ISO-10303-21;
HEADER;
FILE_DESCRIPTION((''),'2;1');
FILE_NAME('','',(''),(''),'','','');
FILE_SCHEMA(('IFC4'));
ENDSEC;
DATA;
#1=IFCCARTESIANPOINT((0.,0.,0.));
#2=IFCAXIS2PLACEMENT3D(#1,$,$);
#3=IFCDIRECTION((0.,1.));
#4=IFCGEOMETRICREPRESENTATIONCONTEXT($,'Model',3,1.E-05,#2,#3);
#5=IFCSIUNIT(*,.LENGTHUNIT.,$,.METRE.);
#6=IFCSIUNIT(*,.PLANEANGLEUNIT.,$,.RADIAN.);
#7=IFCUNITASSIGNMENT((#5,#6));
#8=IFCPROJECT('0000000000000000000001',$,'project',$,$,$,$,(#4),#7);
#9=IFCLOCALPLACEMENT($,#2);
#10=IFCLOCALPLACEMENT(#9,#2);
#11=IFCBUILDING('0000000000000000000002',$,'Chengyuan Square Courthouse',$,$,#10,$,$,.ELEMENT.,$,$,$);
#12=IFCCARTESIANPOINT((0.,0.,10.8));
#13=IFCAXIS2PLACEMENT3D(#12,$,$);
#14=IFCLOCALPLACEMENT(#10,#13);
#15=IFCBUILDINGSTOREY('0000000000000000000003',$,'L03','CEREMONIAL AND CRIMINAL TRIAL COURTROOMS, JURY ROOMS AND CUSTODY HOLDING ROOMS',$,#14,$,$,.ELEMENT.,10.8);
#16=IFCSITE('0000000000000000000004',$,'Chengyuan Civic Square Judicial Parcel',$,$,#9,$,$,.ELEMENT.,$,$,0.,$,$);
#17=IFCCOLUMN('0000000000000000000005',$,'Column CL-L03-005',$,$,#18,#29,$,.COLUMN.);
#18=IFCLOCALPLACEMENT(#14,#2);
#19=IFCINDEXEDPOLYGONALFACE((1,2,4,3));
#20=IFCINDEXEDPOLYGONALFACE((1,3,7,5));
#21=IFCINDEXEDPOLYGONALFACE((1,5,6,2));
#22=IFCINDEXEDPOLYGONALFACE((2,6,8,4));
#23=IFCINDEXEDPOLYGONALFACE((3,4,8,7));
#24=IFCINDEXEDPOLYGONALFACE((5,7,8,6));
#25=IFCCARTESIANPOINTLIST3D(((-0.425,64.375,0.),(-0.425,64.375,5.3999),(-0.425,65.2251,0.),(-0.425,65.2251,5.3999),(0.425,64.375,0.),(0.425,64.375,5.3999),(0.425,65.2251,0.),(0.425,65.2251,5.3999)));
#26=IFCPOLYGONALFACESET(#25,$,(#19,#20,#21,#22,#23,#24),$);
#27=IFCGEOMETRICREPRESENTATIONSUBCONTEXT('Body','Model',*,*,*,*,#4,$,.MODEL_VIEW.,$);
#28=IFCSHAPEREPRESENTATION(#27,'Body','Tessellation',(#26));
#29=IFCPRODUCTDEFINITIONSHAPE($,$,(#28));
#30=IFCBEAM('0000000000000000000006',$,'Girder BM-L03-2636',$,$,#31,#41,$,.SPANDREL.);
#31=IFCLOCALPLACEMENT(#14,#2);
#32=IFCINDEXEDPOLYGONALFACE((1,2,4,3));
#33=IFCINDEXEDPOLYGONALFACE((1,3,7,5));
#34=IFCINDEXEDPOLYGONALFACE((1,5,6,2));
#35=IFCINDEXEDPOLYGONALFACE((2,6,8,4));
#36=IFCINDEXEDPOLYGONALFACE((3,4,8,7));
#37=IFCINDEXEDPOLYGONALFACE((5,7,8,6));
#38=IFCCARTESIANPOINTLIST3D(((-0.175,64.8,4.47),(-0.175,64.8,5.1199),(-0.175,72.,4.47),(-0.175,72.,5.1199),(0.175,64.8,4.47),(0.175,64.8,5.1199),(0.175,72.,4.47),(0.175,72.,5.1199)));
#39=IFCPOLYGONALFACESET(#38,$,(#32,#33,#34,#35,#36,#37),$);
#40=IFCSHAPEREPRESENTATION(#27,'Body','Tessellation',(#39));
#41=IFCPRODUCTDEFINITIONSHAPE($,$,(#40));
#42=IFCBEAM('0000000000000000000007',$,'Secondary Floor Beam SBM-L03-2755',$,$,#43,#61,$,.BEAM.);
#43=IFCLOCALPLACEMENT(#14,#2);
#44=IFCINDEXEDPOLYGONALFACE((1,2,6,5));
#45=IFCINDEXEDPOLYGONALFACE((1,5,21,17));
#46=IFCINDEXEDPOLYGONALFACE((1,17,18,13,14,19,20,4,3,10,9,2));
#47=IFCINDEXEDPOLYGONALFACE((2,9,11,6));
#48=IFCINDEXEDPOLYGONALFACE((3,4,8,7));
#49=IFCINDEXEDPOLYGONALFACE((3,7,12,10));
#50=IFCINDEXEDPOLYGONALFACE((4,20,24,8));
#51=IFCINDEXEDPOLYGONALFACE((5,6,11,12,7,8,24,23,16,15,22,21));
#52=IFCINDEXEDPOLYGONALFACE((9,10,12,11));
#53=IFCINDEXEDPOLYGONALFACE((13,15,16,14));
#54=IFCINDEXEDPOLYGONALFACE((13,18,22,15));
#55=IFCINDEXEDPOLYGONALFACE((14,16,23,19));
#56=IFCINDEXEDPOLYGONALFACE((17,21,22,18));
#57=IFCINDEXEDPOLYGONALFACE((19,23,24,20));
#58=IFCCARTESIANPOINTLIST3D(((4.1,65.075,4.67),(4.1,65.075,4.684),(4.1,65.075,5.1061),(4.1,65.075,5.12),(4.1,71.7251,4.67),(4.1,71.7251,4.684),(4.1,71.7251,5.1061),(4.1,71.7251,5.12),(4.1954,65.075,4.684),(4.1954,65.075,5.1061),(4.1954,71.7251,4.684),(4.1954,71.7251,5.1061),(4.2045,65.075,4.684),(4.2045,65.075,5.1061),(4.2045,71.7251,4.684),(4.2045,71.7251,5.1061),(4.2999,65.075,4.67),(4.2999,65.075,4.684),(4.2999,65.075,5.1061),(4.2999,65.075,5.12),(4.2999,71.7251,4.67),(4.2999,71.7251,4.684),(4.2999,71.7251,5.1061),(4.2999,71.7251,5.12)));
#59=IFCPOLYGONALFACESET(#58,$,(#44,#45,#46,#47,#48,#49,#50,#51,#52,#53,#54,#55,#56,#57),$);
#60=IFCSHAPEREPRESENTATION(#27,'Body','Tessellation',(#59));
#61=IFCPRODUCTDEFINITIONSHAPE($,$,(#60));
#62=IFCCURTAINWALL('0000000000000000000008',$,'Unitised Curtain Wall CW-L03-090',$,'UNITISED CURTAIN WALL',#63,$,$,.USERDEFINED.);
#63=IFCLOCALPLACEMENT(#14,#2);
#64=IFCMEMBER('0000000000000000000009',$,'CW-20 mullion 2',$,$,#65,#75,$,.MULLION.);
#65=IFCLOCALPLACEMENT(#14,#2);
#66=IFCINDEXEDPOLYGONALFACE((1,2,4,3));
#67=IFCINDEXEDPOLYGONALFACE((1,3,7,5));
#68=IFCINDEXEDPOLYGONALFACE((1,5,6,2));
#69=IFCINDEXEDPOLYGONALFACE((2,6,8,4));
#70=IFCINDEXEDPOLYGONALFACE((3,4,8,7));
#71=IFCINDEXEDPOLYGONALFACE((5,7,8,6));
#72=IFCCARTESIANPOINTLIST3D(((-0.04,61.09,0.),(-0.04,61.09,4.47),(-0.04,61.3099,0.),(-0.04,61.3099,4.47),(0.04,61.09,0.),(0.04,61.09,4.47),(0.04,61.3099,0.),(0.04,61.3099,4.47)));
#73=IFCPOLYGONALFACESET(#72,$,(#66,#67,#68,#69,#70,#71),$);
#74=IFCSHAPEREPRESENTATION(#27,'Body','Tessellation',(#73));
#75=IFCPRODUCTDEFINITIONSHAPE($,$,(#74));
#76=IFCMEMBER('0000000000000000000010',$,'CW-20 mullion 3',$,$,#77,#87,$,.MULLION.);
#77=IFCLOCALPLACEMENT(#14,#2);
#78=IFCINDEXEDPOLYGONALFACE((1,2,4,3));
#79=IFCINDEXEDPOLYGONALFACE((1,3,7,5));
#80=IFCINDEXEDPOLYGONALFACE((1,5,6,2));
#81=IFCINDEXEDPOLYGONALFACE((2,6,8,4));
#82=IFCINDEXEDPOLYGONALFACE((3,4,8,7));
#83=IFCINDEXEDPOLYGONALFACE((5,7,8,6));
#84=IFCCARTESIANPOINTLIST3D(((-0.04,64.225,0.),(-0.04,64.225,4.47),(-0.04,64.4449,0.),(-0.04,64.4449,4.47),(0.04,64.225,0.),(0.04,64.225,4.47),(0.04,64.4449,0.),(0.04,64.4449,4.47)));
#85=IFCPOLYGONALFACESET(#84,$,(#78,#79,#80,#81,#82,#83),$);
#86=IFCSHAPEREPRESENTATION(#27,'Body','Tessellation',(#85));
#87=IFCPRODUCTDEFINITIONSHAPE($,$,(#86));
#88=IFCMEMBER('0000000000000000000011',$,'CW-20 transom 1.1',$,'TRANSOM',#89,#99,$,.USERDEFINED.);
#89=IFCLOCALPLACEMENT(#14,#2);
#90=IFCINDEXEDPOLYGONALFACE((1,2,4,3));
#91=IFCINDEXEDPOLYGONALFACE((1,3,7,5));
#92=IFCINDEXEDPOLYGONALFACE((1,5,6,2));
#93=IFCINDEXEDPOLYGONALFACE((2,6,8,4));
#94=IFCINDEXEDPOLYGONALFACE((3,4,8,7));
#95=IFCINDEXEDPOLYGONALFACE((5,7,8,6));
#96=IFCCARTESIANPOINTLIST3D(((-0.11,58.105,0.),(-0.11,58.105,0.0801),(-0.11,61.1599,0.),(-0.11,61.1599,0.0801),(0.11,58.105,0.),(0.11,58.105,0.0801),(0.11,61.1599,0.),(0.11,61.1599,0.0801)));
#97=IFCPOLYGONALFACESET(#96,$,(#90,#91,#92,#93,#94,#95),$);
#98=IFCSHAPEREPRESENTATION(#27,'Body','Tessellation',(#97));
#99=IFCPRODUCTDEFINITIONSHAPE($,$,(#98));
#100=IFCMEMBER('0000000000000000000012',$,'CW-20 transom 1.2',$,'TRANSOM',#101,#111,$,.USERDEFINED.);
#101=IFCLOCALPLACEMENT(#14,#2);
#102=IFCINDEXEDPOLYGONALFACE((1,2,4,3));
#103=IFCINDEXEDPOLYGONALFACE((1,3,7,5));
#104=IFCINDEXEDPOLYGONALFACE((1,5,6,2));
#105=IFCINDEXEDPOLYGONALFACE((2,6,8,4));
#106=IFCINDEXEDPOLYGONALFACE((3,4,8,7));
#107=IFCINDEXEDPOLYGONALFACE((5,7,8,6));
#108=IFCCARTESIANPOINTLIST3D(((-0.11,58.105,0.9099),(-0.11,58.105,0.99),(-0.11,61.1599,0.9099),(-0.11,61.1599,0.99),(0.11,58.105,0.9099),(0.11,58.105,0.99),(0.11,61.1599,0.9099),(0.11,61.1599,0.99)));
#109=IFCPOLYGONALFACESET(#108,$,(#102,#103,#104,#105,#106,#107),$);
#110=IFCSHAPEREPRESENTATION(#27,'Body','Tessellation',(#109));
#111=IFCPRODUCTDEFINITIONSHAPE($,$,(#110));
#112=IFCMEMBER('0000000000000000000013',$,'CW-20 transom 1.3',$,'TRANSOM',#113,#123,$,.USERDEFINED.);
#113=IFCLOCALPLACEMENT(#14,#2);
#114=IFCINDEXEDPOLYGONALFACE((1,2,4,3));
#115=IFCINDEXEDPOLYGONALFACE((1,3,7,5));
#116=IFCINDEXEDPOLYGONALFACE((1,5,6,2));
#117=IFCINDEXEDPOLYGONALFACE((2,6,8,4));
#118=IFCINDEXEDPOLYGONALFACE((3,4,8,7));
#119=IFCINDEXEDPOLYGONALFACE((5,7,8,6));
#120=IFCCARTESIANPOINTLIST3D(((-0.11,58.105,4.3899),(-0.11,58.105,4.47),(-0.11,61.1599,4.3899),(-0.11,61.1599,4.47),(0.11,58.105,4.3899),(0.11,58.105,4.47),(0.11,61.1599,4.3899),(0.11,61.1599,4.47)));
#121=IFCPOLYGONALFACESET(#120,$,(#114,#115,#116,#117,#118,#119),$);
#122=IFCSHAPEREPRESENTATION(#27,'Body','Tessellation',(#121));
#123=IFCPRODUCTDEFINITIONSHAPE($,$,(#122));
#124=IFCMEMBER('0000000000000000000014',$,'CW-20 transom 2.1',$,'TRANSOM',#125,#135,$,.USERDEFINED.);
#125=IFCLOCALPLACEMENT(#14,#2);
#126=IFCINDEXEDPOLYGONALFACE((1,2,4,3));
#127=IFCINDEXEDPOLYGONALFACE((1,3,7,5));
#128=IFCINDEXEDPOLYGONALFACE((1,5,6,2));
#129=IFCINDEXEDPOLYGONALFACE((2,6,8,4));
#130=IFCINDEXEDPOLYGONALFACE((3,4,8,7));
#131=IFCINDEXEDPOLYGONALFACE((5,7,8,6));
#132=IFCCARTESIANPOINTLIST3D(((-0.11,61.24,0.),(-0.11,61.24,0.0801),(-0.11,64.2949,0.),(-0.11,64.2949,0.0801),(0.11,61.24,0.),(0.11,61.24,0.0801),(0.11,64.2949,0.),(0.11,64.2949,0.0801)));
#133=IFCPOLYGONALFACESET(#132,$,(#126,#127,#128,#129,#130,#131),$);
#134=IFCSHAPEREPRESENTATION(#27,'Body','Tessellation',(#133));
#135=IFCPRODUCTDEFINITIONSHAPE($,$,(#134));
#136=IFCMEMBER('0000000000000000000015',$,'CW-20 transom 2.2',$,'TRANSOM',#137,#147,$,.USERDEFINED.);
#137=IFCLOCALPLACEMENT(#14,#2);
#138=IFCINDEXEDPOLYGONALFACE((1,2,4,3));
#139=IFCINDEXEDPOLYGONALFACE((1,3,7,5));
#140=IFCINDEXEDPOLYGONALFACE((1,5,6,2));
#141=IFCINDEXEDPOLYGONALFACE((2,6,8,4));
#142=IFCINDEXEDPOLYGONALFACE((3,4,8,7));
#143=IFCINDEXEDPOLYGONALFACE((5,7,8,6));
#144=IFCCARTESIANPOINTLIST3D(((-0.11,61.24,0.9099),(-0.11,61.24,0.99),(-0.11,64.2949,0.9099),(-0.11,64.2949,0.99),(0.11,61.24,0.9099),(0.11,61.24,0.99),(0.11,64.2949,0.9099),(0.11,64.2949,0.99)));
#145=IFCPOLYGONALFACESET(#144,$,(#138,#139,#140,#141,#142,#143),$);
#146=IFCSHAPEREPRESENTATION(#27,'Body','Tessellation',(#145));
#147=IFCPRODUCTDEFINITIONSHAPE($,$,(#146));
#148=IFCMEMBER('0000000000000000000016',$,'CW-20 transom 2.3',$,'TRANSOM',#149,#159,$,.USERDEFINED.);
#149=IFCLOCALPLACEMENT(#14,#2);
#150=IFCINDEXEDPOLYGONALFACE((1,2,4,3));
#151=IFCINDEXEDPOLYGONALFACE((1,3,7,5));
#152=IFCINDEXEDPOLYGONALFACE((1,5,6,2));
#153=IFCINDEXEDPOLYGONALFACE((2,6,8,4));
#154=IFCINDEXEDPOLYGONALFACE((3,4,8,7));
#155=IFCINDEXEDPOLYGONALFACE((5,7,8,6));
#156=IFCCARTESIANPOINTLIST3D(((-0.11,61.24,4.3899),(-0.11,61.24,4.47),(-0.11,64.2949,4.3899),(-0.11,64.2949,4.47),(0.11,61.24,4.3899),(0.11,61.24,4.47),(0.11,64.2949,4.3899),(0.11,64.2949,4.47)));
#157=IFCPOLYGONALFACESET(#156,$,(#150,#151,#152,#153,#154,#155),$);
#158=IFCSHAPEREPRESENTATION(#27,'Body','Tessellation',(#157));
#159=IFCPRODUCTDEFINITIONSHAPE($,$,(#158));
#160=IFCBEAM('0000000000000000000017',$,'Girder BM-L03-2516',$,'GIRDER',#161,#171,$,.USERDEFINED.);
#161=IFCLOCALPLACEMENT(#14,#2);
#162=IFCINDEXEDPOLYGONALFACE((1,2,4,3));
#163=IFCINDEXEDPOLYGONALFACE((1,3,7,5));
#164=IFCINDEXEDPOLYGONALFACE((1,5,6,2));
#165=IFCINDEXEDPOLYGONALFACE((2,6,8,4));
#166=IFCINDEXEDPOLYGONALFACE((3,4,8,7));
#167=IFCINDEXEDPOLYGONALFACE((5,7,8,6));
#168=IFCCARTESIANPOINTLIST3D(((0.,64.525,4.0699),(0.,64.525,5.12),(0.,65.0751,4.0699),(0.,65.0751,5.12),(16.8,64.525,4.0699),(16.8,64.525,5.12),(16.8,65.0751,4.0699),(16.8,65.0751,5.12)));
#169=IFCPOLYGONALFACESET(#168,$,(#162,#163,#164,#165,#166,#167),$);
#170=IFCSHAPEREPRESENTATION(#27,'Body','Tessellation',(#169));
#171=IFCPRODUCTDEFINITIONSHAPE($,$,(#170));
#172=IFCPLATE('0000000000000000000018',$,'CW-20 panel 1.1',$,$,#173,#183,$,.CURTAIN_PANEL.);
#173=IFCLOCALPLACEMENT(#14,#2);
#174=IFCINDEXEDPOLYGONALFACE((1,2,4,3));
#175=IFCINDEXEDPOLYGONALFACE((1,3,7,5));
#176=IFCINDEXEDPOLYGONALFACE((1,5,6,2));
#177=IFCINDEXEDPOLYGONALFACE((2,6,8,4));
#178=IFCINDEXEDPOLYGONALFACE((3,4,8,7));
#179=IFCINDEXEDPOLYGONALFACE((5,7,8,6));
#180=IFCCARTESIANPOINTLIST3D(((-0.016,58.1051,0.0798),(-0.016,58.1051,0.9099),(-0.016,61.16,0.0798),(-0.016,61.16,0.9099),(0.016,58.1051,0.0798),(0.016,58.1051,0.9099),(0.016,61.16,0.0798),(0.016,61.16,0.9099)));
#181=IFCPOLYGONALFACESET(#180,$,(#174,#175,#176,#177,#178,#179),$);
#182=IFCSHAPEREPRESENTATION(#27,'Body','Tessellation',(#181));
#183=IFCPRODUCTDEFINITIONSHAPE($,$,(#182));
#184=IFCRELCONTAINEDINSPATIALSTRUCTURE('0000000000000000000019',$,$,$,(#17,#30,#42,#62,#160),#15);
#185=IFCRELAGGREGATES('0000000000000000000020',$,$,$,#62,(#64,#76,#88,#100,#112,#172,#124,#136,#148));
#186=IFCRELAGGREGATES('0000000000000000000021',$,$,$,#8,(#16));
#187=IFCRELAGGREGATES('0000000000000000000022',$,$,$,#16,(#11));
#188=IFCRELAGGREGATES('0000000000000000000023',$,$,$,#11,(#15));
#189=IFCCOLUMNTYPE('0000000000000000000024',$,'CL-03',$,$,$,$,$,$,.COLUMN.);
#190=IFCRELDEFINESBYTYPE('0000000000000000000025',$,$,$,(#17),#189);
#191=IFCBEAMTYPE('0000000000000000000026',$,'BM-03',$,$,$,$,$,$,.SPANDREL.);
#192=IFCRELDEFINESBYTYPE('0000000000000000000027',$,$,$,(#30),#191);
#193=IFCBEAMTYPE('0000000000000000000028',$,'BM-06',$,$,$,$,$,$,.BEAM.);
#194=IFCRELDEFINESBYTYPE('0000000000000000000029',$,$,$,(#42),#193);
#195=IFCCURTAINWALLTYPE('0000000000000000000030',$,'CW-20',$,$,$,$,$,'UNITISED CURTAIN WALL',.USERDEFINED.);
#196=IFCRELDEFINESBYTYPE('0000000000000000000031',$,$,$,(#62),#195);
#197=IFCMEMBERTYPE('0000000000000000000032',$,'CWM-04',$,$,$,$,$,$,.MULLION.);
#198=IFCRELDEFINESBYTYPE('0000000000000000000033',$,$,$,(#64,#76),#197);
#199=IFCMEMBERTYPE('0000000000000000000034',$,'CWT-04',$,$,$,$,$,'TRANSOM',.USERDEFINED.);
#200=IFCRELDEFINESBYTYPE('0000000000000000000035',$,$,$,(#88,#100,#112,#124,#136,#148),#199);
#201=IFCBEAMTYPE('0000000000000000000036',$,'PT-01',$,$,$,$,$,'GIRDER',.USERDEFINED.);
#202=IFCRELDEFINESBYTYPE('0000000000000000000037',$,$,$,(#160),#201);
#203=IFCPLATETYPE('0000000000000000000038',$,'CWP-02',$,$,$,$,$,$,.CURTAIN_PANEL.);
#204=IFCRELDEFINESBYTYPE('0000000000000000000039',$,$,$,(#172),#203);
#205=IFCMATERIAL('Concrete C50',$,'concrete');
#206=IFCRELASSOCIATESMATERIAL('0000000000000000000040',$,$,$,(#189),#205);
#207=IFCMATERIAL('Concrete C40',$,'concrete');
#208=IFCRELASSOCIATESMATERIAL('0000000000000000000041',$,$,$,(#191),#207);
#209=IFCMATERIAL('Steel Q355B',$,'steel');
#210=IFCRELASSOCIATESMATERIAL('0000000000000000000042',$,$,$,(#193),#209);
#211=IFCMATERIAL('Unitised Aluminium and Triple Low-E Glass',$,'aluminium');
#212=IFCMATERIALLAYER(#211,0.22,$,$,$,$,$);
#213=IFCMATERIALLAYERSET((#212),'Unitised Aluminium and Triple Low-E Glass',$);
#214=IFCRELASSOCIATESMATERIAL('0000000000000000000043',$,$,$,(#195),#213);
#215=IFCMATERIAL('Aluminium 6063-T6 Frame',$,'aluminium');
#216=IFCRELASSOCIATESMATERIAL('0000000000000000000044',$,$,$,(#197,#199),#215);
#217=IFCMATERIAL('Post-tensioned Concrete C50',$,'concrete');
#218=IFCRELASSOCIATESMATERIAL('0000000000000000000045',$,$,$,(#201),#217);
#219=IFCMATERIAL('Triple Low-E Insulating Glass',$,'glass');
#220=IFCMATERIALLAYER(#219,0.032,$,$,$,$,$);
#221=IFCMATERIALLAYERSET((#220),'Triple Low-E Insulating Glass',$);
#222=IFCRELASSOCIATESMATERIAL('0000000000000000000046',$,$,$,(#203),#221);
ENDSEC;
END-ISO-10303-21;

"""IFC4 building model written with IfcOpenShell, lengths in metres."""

from ifc_helpers import new_model, si_unit, direction, frame, origin, origin_2d, place, context, subcontext, project, spatial, rectangle, i_section, extrude, material, layer, layer_set, material_profile, profile_set, type_object, element, aggregate, save


model = new_model("IFC4")

# Units and contexts
model_context = context("Model", 3, precision=1e-05, world=origin(), true_north=direction((0.0, 1.0)))
body_context = subcontext(model_context, "Body", "Model", "MODEL_VIEW")
ifc_project = project(units=[si_unit("LENGTHUNIT", "METRE"), si_unit("PLANEANGLEUNIT", "RADIAN")], contexts=[model_context])

# Site, building, storey
site_placement = place(None, origin())
site = spatial("IfcSite", under=ifc_project, at=site_placement, Name="Chengyuan Civic Square Judicial Parcel", CompositionType="ELEMENT", RefElevation=0.0)
building_placement = place(site_placement, origin())
building = spatial("IfcBuilding", under=site, at=building_placement, Name="Chengyuan Square Courthouse", CompositionType="ELEMENT")
storey_placement = place(building_placement, frame((0.0, 0.0, 10.8)))
storey = spatial("IfcBuildingStorey", under=building, at=storey_placement, Name="L03", Description="CEREMONIAL AND CRIMINAL TRIAL COURTROOMS, JURY ROOMS AND CUSTODY HOLDING ROOMS", CompositionType="ELEMENT", Elevation=10.8)

# Column
ifc_material_1 = material(Name="Concrete C50", Category="concrete")
ifc_material_profile_1 = material_profile(ifc_material_1, rectangle(XDim=0.8501, YDim=0.8501, at=origin_2d()), Name="RC-COL-850x850")
ifc_profile_set_1 = profile_set([ifc_material_profile_1], Name="Concrete C50")
column_type = type_object("IfcColumnType", Name="CL-03", PredefinedType="COLUMN", material=ifc_profile_set_1)
column_placement = place(storey_placement, frame((0.0, 64.8, 0.0), z_axis=(0.0, 0.0, 1.0), x_axis=(1.0, 0.0, 0.0)))
element("IfcColumn", 1, at=column_placement, inside=storey, type_object=column_type, Name="Column CL-L03-005", PredefinedType="COLUMN", context=body_context, shape_type="SweptSolid", body=[
    extrude(rectangle(XDim=0.8501, YDim=0.8501, at=origin_2d()), origin(), (0.0, 0.0, 1.0), 5.3999),
])

# Beams
ifc_material_2 = material(Name="Concrete C40", Category="concrete")
ifc_material_profile_2 = material_profile(ifc_material_2, rectangle(XDim=0.3501, YDim=0.6499, at=origin_2d()), Name="RC-BM-350x650")
ifc_profile_set_2 = profile_set([ifc_material_profile_2], Name="Concrete C40")
beam_type_1 = type_object("IfcBeamType", Name="BM-03", PredefinedType="SPANDREL", material=ifc_profile_set_2)
beam_1_placement = place(storey_placement, frame((0.0, 64.8, 4.7949), z_axis=(0.0, 1.0, 0.0), x_axis=(-1.0, 0.0, 0.0)))
element("IfcBeam", 2, at=beam_1_placement, inside=storey, type_object=beam_type_1, Name="Girder BM-L03-2636", PredefinedType="SPANDREL", context=body_context, shape_type="SweptSolid", body=[
    extrude(rectangle(XDim=0.3501, YDim=0.6499, at=origin_2d()), origin(), (0.0, 0.0, 1.0), 7.2),
])
ifc_material_3 = material(Name="Steel Q355B", Category="steel")
ifc_material_profile_3 = material_profile(ifc_material_3, i_section(OverallWidth=0.2, OverallDepth=0.45, WebThickness=0.009, FlangeThickness=0.0139, at=origin_2d()), Name="HN 450x200x9x14")
ifc_profile_set_3 = profile_set([ifc_material_profile_3], Name="Steel Q355B")
beam_type_2 = type_object("IfcBeamType", Name="BM-06", PredefinedType="BEAM", material=ifc_profile_set_3)
beam_2_placement = place(storey_placement, frame((4.2, 65.075, 4.895), z_axis=(0.0, 1.0, 0.0), x_axis=(-1.0, 0.0, 0.0)))
element("IfcBeam", 3, at=beam_2_placement, inside=storey, type_object=beam_type_2, Name="Secondary Floor Beam SBM-L03-2755", PredefinedType="BEAM", context=body_context, shape_type="SweptSolid", body=[
    extrude(i_section(OverallWidth=0.2, OverallDepth=0.45, WebThickness=0.009, FlangeThickness=0.0139, at=origin_2d()), origin(), (0.0, 0.0, 1.0), 6.6501),
])

# Curtain wall, members
ifc_material_4 = material(Name="Unitised Aluminium and Triple Low-E Glass", Category="aluminium")
ifc_layer_1 = layer(ifc_material_4, 0.22)
ifc_layer_set_1 = layer_set([ifc_layer_1], Name="Unitised Aluminium and Triple Low-E Glass")
curtain_wall_type = type_object("IfcCurtainWallType", Name="CW-20", ElementType="UNITISED CURTAIN WALL", PredefinedType="USERDEFINED", material=ifc_layer_set_1)
curtain_wall_placement = place(storey_placement, origin())
curtain_wall = element("IfcCurtainWall", 4, at=curtain_wall_placement, inside=storey, type_object=curtain_wall_type, Name="Unitised Curtain Wall CW-L03-090", ObjectType="UNITISED CURTAIN WALL", PredefinedType="USERDEFINED")
ifc_material_5 = material(Name="Aluminium 6063-T6 Frame", Category="aluminium")
ifc_material_profile_4 = material_profile(ifc_material_5, rectangle(XDim=0.0801, YDim=0.22, at=origin_2d()), Name="CW-MUL-80x220")
ifc_profile_set_4 = profile_set([ifc_material_profile_4], Name="Aluminium 6063-T6 Frame")
member_type_1 = type_object("IfcMemberType", Name="CWM-04", PredefinedType="MULLION", material=ifc_profile_set_4)
member_1_placement = place(storey_placement, frame((0.0, 61.2, 0.0), z_axis=(0.0, 0.0, 1.0), x_axis=(-1.0, 0.0, 0.0)))
member_1 = element("IfcMember", 5, at=member_1_placement, type_object=member_type_1, Name="CW-20 mullion 2", PredefinedType="MULLION", context=body_context, shape_type="SweptSolid", body=[
    extrude(rectangle(XDim=0.0801, YDim=0.22, at=origin_2d()), origin(), (0.0, 0.0, 1.0), 4.47),
])
member_2_placement = place(storey_placement, frame((0.0, 64.335, 0.0), z_axis=(0.0, 0.0, 1.0), x_axis=(-1.0, 0.0, 0.0)))
member_2 = element("IfcMember", 6, at=member_2_placement, type_object=member_type_1, Name="CW-20 mullion 3", PredefinedType="MULLION", context=body_context, shape_type="SweptSolid", body=[
    extrude(rectangle(XDim=0.0801, YDim=0.22, at=origin_2d()), origin(), (0.0, 0.0, 1.0), 4.47),
])
ifc_material_profile_5 = material_profile(ifc_material_5, rectangle(XDim=0.22, YDim=0.0801, at=origin_2d()), Name="CW-TRN-80x180")
ifc_profile_set_5 = profile_set([ifc_material_profile_5], Name="Aluminium 6063-T6 Frame")
member_type_2 = type_object("IfcMemberType", Name="CWT-04", ElementType="TRANSOM", PredefinedType="USERDEFINED", material=ifc_profile_set_5)
member_3_placement = place(storey_placement, frame((0.0, 58.105, 0.04), z_axis=(0.0, 1.0, 0.0), x_axis=(-1.0, 0.0, 0.0)))
member_3 = element("IfcMember", 7, at=member_3_placement, type_object=member_type_2, Name="CW-20 transom 1.1", ObjectType="TRANSOM", PredefinedType="USERDEFINED", context=body_context, shape_type="SweptSolid", body=[
    extrude(rectangle(XDim=0.22, YDim=0.0801, at=origin_2d()), origin(), (0.0, 0.0, 1.0), 3.0549),
])
member_4_placement = place(storey_placement, frame((0.0, 58.105, 0.95), z_axis=(0.0, 1.0, 0.0), x_axis=(-1.0, 0.0, 0.0)))
member_4 = element("IfcMember", 8, at=member_4_placement, type_object=member_type_2, Name="CW-20 transom 1.2", ObjectType="TRANSOM", PredefinedType="USERDEFINED", context=body_context, shape_type="SweptSolid", body=[
    extrude(rectangle(XDim=0.22, YDim=0.0801, at=origin_2d()), origin(), (0.0, 0.0, 1.0), 3.0549),
])
member_5_placement = place(storey_placement, frame((0.0, 58.105, 4.4299), z_axis=(0.0, 1.0, 0.0), x_axis=(-1.0, 0.0, 0.0)))
member_5 = element("IfcMember", 9, at=member_5_placement, type_object=member_type_2, Name="CW-20 transom 1.3", ObjectType="TRANSOM", PredefinedType="USERDEFINED", context=body_context, shape_type="SweptSolid", body=[
    extrude(rectangle(XDim=0.22, YDim=0.0801, at=origin_2d()), origin(), (0.0, 0.0, 1.0), 3.0549),
])
member_6_placement = place(storey_placement, frame((0.0, 61.24, 0.04), z_axis=(0.0, 1.0, 0.0), x_axis=(-1.0, 0.0, 0.0)))
member_6 = element("IfcMember", 10, at=member_6_placement, type_object=member_type_2, Name="CW-20 transom 2.1", ObjectType="TRANSOM", PredefinedType="USERDEFINED", context=body_context, shape_type="SweptSolid", body=[
    extrude(rectangle(XDim=0.22, YDim=0.0801, at=origin_2d()), origin(), (0.0, 0.0, 1.0), 3.0549),
])
member_7_placement = place(storey_placement, frame((0.0, 61.24, 0.95), z_axis=(0.0, 1.0, 0.0), x_axis=(-1.0, 0.0, 0.0)))
member_7 = element("IfcMember", 11, at=member_7_placement, type_object=member_type_2, Name="CW-20 transom 2.2", ObjectType="TRANSOM", PredefinedType="USERDEFINED", context=body_context, shape_type="SweptSolid", body=[
    extrude(rectangle(XDim=0.22, YDim=0.0801, at=origin_2d()), origin(), (0.0, 0.0, 1.0), 3.0549),
])
member_8_placement = place(storey_placement, frame((0.0, 61.24, 4.4299), z_axis=(0.0, 1.0, 0.0), x_axis=(-1.0, 0.0, 0.0)))
member_8 = element("IfcMember", 12, at=member_8_placement, type_object=member_type_2, Name="CW-20 transom 2.3", ObjectType="TRANSOM", PredefinedType="USERDEFINED", context=body_context, shape_type="SweptSolid", body=[
    extrude(rectangle(XDim=0.22, YDim=0.0801, at=origin_2d()), origin(), (0.0, 0.0, 1.0), 3.0549),
])

# Beam
ifc_material_6 = material(Name="Post-tensioned Concrete C50", Category="concrete")
ifc_material_profile_6 = material_profile(ifc_material_6, rectangle(XDim=0.55, YDim=1.05, at=origin_2d()), Name="PT-BM-550x1050")
ifc_profile_set_6 = profile_set([ifc_material_profile_6], Name="Post-tensioned Concrete C50")
beam_type_3 = type_object("IfcBeamType", Name="PT-01", ElementType="GIRDER", PredefinedType="USERDEFINED", material=ifc_profile_set_6)
beam_3_placement = place(storey_placement, frame((0.0, 64.8, 4.595), z_axis=(1.0, 0.0, 0.0), x_axis=(0.0, 1.0, 0.0)))
element("IfcBeam", 13, at=beam_3_placement, inside=storey, type_object=beam_type_3, Name="Girder BM-L03-2516", ObjectType="GIRDER", PredefinedType="USERDEFINED", context=body_context, shape_type="SweptSolid", body=[
    extrude(rectangle(XDim=0.55, YDim=1.05, at=origin_2d()), origin(), (0.0, 0.0, 1.0), 16.8),
])

# Plate
ifc_material_7 = material(Name="Triple Low-E Insulating Glass", Category="glass")
ifc_layer_2 = layer(ifc_material_7, 0.032)
ifc_layer_set_2 = layer_set([ifc_layer_2], Name="Triple Low-E Insulating Glass")
plate_type = type_object("IfcPlateType", Name="CWP-02", PredefinedType="CURTAIN_PANEL", material=ifc_layer_set_2)
plate_1_placement = place(storey_placement, frame((0.0, 59.6326, 0.0798), z_axis=(0.0, 0.0, 1.0), x_axis=(0.0, 1.0, 0.0)))
plate_1 = element("IfcPlate", 14, at=plate_1_placement, type_object=plate_type, Name="CW-20 panel 1.1", PredefinedType="CURTAIN_PANEL", context=body_context, shape_type="SweptSolid", body=[
    extrude(rectangle(XDim=3.0549, YDim=0.032, at=origin_2d()), origin(), (0.0, 0.0, 1.0), 0.8301),
])
aggregate(curtain_wall, [member_1, member_2, member_3, member_4, member_5, plate_1, member_6, member_7, member_8])

save(model, "model.ifc")
